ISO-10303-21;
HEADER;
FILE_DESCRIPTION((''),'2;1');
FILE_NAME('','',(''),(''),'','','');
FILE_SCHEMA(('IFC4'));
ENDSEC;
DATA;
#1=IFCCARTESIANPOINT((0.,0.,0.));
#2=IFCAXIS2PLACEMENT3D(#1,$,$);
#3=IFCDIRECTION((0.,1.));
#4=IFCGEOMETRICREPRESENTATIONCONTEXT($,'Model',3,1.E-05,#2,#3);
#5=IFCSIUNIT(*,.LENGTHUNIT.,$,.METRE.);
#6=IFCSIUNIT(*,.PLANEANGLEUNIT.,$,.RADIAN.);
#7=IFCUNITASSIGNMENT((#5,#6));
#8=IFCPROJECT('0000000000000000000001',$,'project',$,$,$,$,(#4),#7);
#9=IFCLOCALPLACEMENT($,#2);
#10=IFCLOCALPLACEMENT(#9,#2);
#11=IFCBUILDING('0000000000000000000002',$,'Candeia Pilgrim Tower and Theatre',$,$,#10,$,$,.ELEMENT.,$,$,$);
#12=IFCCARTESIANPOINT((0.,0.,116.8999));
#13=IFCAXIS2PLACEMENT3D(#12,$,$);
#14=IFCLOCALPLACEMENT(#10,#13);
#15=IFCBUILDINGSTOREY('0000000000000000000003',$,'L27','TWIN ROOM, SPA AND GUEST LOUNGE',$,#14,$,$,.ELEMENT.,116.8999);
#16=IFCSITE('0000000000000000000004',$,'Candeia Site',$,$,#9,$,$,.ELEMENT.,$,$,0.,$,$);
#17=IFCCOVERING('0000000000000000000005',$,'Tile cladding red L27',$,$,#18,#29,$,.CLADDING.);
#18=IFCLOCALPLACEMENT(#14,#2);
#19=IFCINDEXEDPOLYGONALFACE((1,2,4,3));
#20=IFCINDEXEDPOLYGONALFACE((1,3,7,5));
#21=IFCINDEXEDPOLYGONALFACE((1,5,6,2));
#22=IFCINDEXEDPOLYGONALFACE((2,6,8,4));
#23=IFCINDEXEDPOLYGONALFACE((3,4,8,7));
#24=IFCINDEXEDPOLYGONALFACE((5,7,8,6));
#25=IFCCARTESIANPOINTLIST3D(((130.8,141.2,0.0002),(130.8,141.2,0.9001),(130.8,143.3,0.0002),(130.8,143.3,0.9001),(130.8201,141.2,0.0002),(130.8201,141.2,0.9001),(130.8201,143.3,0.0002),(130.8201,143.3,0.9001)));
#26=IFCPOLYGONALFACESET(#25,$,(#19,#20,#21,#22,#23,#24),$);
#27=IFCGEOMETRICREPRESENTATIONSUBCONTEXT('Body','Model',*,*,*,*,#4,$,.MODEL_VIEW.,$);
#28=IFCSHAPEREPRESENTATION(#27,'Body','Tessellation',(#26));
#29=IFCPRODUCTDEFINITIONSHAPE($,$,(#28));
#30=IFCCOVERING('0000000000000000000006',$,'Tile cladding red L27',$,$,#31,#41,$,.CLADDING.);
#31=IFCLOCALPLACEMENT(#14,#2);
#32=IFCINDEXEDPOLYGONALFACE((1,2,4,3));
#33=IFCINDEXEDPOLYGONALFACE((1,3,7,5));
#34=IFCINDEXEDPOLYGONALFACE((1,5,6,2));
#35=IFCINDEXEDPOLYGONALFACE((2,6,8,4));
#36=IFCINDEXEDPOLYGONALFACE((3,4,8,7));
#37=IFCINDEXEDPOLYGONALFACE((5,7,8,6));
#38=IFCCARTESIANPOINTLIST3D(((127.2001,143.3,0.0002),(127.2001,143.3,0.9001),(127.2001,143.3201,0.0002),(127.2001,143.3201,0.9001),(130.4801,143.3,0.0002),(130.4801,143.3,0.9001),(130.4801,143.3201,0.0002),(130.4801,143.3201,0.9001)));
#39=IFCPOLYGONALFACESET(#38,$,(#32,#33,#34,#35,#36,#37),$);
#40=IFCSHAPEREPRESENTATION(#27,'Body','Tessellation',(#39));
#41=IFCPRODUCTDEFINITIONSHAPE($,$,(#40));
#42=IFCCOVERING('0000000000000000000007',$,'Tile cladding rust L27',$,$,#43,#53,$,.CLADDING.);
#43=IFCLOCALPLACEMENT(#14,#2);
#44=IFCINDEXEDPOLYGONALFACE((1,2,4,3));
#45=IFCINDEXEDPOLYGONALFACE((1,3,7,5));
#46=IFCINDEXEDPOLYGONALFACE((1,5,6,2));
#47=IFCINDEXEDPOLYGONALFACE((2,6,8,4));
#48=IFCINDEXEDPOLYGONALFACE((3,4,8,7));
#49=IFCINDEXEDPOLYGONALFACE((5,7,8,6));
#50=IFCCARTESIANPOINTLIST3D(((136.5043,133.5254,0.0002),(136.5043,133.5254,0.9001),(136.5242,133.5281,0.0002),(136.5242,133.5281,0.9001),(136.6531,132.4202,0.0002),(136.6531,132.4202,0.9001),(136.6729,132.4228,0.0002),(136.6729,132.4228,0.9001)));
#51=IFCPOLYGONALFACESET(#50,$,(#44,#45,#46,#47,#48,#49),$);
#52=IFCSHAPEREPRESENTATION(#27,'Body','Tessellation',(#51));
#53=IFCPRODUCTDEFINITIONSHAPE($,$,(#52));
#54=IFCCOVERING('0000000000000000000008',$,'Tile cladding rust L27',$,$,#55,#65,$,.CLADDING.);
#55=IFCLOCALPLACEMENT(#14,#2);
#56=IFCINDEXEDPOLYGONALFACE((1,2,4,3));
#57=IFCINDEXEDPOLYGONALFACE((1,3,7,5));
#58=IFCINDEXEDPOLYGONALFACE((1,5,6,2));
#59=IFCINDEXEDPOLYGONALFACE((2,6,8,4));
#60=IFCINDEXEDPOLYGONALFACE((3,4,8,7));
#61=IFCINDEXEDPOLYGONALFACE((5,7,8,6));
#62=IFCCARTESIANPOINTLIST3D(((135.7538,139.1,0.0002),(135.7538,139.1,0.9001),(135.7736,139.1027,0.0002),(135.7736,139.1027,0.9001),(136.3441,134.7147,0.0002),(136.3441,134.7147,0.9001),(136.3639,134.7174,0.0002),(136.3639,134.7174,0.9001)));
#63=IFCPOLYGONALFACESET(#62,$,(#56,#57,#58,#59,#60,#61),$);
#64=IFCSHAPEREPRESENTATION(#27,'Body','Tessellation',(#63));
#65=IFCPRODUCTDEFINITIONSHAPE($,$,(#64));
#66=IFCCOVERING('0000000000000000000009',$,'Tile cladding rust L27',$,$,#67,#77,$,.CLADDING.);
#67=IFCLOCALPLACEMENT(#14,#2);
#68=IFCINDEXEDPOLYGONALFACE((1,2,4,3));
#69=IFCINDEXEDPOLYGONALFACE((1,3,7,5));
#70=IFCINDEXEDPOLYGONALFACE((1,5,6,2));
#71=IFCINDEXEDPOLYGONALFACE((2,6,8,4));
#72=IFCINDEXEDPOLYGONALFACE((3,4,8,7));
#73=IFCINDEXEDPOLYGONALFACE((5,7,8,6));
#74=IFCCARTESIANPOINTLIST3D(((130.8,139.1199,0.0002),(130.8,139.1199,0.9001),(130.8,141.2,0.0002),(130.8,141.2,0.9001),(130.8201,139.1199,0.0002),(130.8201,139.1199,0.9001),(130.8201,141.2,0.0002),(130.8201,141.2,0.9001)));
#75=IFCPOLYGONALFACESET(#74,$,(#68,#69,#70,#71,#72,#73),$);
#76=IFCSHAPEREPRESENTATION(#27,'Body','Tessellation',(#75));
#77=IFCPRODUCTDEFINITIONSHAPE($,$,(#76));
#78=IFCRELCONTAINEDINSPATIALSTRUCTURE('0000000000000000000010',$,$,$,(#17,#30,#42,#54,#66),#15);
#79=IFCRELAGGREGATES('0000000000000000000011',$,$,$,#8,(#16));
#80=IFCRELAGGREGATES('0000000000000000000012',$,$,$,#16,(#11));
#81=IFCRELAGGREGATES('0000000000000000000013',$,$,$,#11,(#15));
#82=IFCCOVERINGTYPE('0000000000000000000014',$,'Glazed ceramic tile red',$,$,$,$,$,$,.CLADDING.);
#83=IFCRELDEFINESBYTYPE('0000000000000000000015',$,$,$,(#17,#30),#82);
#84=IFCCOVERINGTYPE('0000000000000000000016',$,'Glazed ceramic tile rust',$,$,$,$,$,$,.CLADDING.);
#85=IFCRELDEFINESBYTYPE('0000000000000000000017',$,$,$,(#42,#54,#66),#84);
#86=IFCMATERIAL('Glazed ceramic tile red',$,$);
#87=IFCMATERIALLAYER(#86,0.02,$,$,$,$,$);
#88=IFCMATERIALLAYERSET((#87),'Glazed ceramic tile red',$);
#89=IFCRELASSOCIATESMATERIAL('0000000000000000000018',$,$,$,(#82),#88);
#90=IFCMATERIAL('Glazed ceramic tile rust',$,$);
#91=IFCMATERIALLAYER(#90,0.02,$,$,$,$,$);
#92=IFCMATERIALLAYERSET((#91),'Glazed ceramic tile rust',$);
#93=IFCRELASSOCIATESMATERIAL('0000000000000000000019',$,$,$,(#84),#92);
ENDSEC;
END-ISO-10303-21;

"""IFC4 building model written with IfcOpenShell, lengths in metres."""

from ifc_helpers import new_model, si_unit, direction, frame, origin, origin_2d, place, context, subcontext, project, spatial, rectangle, extrude, material, layer, layer_set, type_object, element, save


model = new_model("IFC4")

# Units and contexts
model_context = context("Model", 3, precision=1e-05, world=origin(), true_north=direction((0.0, 1.0)))
body_context = subcontext(model_context, "Body", "Model", "MODEL_VIEW")
ifc_project = project(units=[si_unit("LENGTHUNIT", "METRE"), si_unit("PLANEANGLEUNIT", "RADIAN")], contexts=[model_context])

# Site, building, storey
site_placement = place(None, origin())
site = spatial("IfcSite", under=ifc_project, at=site_placement, Name="Candeia Site", CompositionType="ELEMENT", RefElevation=0.0)
building_placement = place(site_placement, origin())
building = spatial("IfcBuilding", under=site, at=building_placement, Name="Candeia Pilgrim Tower and Theatre", CompositionType="ELEMENT")
storey_placement = place(building_placement, frame((0.0, 0.0, 116.8999)))
storey = spatial("IfcBuildingStorey", under=building, at=storey_placement, Name="L27", Description="TWIN ROOM, SPA AND GUEST LOUNGE", CompositionType="ELEMENT", Elevation=116.8999)

# Coverings
ifc_material_1 = material(Name="Glazed ceramic tile red")
ifc_layer_1 = layer(ifc_material_1, 0.02)
ifc_layer_set_1 = layer_set([ifc_layer_1], Name="Glazed ceramic tile red")
covering_type_1 = type_object("IfcCoveringType", Name="Glazed ceramic tile red", PredefinedType="CLADDING", material=ifc_layer_set_1)
covering_1_placement = place(storey_placement, frame((130.8101, 142.25, 0.0002), z_axis=(0.0, 0.0, 1.0), x_axis=(0.0, 1.0, 0.0)))
element("IfcCovering", 1, at=covering_1_placement, inside=storey, type_object=covering_type_1, Name="Tile cladding red L27", PredefinedType="CLADDING", context=body_context, shape_type="SweptSolid", body=[
    extrude(rectangle(XDim=2.1001, YDim=0.02, at=origin_2d()), origin(), (0.0, 0.0, 1.0), 0.8999),
])
covering_2_placement = place(storey_placement, frame((128.8401, 143.3101, 0.0002), z_axis=(0.0, 0.0, 1.0), x_axis=(-1.0, 0.0, 0.0)))
element("IfcCovering", 2, at=covering_2_placement, inside=storey, type_object=covering_type_1, Name="Tile cladding red L27", PredefinedType="CLADDING", context=body_context, shape_type="SweptSolid", body=[
    extrude(rectangle(XDim=3.28, YDim=0.02, at=origin_2d()), origin(), (0.0, 0.0, 1.0), 0.8999),
])
ifc_material_2 = material(Name="Glazed ceramic tile rust")
ifc_layer_2 = layer(ifc_material_2, 0.02)
ifc_layer_set_2 = layer_set([ifc_layer_2], Name="Glazed ceramic tile rust")
covering_type_2 = type_object("IfcCoveringType", Name="Glazed ceramic tile rust", PredefinedType="CLADDING", material=ifc_layer_set_2)
covering_3_placement = place(storey_placement, frame((136.5886, 132.9741, 0.0002), z_axis=(0.0, 0.0, 1.0), x_axis=(-0.133412, 0.991061, 0.0)))
element("IfcCovering", 3, at=covering_3_placement, inside=storey, type_object=covering_type_2, Name="Tile cladding rust L27", PredefinedType="CLADDING", context=body_context, shape_type="SweptSolid", body=[
    extrude(rectangle(XDim=1.1152, YDim=0.02, at=origin_2d()), origin(), (0.0, 0.0, 1.0), 0.8999),
])
covering_4_placement = place(storey_placement, frame((136.0588, 136.9087, 0.0002), z_axis=(0.0, 0.0, 1.0), x_axis=(-0.133412, 0.991061, 0.0)))
element("IfcCovering", 4, at=covering_4_placement, inside=storey, type_object=covering_type_2, Name="Tile cladding rust L27", PredefinedType="CLADDING", context=body_context, shape_type="SweptSolid", body=[
    extrude(rectangle(XDim=4.4248, YDim=0.02, at=origin_2d()), origin(), (0.0, 0.0, 1.0), 0.8999),
])
covering_5_placement = place(storey_placement, frame((130.8101, 140.1599, 0.0002), z_axis=(0.0, 0.0, 1.0), x_axis=(0.0, 1.0, 0.0)))
element("IfcCovering", 5, at=covering_5_placement, inside=storey, type_object=covering_type_2, Name="Tile cladding rust L27", PredefinedType="CLADDING", context=body_context, shape_type="SweptSolid", body=[
    extrude(rectangle(XDim=2.0801, YDim=0.02, at=origin_2d()), origin(), (0.0, 0.0, 1.0), 0.8999),
])

save(model, "model.ifc")
